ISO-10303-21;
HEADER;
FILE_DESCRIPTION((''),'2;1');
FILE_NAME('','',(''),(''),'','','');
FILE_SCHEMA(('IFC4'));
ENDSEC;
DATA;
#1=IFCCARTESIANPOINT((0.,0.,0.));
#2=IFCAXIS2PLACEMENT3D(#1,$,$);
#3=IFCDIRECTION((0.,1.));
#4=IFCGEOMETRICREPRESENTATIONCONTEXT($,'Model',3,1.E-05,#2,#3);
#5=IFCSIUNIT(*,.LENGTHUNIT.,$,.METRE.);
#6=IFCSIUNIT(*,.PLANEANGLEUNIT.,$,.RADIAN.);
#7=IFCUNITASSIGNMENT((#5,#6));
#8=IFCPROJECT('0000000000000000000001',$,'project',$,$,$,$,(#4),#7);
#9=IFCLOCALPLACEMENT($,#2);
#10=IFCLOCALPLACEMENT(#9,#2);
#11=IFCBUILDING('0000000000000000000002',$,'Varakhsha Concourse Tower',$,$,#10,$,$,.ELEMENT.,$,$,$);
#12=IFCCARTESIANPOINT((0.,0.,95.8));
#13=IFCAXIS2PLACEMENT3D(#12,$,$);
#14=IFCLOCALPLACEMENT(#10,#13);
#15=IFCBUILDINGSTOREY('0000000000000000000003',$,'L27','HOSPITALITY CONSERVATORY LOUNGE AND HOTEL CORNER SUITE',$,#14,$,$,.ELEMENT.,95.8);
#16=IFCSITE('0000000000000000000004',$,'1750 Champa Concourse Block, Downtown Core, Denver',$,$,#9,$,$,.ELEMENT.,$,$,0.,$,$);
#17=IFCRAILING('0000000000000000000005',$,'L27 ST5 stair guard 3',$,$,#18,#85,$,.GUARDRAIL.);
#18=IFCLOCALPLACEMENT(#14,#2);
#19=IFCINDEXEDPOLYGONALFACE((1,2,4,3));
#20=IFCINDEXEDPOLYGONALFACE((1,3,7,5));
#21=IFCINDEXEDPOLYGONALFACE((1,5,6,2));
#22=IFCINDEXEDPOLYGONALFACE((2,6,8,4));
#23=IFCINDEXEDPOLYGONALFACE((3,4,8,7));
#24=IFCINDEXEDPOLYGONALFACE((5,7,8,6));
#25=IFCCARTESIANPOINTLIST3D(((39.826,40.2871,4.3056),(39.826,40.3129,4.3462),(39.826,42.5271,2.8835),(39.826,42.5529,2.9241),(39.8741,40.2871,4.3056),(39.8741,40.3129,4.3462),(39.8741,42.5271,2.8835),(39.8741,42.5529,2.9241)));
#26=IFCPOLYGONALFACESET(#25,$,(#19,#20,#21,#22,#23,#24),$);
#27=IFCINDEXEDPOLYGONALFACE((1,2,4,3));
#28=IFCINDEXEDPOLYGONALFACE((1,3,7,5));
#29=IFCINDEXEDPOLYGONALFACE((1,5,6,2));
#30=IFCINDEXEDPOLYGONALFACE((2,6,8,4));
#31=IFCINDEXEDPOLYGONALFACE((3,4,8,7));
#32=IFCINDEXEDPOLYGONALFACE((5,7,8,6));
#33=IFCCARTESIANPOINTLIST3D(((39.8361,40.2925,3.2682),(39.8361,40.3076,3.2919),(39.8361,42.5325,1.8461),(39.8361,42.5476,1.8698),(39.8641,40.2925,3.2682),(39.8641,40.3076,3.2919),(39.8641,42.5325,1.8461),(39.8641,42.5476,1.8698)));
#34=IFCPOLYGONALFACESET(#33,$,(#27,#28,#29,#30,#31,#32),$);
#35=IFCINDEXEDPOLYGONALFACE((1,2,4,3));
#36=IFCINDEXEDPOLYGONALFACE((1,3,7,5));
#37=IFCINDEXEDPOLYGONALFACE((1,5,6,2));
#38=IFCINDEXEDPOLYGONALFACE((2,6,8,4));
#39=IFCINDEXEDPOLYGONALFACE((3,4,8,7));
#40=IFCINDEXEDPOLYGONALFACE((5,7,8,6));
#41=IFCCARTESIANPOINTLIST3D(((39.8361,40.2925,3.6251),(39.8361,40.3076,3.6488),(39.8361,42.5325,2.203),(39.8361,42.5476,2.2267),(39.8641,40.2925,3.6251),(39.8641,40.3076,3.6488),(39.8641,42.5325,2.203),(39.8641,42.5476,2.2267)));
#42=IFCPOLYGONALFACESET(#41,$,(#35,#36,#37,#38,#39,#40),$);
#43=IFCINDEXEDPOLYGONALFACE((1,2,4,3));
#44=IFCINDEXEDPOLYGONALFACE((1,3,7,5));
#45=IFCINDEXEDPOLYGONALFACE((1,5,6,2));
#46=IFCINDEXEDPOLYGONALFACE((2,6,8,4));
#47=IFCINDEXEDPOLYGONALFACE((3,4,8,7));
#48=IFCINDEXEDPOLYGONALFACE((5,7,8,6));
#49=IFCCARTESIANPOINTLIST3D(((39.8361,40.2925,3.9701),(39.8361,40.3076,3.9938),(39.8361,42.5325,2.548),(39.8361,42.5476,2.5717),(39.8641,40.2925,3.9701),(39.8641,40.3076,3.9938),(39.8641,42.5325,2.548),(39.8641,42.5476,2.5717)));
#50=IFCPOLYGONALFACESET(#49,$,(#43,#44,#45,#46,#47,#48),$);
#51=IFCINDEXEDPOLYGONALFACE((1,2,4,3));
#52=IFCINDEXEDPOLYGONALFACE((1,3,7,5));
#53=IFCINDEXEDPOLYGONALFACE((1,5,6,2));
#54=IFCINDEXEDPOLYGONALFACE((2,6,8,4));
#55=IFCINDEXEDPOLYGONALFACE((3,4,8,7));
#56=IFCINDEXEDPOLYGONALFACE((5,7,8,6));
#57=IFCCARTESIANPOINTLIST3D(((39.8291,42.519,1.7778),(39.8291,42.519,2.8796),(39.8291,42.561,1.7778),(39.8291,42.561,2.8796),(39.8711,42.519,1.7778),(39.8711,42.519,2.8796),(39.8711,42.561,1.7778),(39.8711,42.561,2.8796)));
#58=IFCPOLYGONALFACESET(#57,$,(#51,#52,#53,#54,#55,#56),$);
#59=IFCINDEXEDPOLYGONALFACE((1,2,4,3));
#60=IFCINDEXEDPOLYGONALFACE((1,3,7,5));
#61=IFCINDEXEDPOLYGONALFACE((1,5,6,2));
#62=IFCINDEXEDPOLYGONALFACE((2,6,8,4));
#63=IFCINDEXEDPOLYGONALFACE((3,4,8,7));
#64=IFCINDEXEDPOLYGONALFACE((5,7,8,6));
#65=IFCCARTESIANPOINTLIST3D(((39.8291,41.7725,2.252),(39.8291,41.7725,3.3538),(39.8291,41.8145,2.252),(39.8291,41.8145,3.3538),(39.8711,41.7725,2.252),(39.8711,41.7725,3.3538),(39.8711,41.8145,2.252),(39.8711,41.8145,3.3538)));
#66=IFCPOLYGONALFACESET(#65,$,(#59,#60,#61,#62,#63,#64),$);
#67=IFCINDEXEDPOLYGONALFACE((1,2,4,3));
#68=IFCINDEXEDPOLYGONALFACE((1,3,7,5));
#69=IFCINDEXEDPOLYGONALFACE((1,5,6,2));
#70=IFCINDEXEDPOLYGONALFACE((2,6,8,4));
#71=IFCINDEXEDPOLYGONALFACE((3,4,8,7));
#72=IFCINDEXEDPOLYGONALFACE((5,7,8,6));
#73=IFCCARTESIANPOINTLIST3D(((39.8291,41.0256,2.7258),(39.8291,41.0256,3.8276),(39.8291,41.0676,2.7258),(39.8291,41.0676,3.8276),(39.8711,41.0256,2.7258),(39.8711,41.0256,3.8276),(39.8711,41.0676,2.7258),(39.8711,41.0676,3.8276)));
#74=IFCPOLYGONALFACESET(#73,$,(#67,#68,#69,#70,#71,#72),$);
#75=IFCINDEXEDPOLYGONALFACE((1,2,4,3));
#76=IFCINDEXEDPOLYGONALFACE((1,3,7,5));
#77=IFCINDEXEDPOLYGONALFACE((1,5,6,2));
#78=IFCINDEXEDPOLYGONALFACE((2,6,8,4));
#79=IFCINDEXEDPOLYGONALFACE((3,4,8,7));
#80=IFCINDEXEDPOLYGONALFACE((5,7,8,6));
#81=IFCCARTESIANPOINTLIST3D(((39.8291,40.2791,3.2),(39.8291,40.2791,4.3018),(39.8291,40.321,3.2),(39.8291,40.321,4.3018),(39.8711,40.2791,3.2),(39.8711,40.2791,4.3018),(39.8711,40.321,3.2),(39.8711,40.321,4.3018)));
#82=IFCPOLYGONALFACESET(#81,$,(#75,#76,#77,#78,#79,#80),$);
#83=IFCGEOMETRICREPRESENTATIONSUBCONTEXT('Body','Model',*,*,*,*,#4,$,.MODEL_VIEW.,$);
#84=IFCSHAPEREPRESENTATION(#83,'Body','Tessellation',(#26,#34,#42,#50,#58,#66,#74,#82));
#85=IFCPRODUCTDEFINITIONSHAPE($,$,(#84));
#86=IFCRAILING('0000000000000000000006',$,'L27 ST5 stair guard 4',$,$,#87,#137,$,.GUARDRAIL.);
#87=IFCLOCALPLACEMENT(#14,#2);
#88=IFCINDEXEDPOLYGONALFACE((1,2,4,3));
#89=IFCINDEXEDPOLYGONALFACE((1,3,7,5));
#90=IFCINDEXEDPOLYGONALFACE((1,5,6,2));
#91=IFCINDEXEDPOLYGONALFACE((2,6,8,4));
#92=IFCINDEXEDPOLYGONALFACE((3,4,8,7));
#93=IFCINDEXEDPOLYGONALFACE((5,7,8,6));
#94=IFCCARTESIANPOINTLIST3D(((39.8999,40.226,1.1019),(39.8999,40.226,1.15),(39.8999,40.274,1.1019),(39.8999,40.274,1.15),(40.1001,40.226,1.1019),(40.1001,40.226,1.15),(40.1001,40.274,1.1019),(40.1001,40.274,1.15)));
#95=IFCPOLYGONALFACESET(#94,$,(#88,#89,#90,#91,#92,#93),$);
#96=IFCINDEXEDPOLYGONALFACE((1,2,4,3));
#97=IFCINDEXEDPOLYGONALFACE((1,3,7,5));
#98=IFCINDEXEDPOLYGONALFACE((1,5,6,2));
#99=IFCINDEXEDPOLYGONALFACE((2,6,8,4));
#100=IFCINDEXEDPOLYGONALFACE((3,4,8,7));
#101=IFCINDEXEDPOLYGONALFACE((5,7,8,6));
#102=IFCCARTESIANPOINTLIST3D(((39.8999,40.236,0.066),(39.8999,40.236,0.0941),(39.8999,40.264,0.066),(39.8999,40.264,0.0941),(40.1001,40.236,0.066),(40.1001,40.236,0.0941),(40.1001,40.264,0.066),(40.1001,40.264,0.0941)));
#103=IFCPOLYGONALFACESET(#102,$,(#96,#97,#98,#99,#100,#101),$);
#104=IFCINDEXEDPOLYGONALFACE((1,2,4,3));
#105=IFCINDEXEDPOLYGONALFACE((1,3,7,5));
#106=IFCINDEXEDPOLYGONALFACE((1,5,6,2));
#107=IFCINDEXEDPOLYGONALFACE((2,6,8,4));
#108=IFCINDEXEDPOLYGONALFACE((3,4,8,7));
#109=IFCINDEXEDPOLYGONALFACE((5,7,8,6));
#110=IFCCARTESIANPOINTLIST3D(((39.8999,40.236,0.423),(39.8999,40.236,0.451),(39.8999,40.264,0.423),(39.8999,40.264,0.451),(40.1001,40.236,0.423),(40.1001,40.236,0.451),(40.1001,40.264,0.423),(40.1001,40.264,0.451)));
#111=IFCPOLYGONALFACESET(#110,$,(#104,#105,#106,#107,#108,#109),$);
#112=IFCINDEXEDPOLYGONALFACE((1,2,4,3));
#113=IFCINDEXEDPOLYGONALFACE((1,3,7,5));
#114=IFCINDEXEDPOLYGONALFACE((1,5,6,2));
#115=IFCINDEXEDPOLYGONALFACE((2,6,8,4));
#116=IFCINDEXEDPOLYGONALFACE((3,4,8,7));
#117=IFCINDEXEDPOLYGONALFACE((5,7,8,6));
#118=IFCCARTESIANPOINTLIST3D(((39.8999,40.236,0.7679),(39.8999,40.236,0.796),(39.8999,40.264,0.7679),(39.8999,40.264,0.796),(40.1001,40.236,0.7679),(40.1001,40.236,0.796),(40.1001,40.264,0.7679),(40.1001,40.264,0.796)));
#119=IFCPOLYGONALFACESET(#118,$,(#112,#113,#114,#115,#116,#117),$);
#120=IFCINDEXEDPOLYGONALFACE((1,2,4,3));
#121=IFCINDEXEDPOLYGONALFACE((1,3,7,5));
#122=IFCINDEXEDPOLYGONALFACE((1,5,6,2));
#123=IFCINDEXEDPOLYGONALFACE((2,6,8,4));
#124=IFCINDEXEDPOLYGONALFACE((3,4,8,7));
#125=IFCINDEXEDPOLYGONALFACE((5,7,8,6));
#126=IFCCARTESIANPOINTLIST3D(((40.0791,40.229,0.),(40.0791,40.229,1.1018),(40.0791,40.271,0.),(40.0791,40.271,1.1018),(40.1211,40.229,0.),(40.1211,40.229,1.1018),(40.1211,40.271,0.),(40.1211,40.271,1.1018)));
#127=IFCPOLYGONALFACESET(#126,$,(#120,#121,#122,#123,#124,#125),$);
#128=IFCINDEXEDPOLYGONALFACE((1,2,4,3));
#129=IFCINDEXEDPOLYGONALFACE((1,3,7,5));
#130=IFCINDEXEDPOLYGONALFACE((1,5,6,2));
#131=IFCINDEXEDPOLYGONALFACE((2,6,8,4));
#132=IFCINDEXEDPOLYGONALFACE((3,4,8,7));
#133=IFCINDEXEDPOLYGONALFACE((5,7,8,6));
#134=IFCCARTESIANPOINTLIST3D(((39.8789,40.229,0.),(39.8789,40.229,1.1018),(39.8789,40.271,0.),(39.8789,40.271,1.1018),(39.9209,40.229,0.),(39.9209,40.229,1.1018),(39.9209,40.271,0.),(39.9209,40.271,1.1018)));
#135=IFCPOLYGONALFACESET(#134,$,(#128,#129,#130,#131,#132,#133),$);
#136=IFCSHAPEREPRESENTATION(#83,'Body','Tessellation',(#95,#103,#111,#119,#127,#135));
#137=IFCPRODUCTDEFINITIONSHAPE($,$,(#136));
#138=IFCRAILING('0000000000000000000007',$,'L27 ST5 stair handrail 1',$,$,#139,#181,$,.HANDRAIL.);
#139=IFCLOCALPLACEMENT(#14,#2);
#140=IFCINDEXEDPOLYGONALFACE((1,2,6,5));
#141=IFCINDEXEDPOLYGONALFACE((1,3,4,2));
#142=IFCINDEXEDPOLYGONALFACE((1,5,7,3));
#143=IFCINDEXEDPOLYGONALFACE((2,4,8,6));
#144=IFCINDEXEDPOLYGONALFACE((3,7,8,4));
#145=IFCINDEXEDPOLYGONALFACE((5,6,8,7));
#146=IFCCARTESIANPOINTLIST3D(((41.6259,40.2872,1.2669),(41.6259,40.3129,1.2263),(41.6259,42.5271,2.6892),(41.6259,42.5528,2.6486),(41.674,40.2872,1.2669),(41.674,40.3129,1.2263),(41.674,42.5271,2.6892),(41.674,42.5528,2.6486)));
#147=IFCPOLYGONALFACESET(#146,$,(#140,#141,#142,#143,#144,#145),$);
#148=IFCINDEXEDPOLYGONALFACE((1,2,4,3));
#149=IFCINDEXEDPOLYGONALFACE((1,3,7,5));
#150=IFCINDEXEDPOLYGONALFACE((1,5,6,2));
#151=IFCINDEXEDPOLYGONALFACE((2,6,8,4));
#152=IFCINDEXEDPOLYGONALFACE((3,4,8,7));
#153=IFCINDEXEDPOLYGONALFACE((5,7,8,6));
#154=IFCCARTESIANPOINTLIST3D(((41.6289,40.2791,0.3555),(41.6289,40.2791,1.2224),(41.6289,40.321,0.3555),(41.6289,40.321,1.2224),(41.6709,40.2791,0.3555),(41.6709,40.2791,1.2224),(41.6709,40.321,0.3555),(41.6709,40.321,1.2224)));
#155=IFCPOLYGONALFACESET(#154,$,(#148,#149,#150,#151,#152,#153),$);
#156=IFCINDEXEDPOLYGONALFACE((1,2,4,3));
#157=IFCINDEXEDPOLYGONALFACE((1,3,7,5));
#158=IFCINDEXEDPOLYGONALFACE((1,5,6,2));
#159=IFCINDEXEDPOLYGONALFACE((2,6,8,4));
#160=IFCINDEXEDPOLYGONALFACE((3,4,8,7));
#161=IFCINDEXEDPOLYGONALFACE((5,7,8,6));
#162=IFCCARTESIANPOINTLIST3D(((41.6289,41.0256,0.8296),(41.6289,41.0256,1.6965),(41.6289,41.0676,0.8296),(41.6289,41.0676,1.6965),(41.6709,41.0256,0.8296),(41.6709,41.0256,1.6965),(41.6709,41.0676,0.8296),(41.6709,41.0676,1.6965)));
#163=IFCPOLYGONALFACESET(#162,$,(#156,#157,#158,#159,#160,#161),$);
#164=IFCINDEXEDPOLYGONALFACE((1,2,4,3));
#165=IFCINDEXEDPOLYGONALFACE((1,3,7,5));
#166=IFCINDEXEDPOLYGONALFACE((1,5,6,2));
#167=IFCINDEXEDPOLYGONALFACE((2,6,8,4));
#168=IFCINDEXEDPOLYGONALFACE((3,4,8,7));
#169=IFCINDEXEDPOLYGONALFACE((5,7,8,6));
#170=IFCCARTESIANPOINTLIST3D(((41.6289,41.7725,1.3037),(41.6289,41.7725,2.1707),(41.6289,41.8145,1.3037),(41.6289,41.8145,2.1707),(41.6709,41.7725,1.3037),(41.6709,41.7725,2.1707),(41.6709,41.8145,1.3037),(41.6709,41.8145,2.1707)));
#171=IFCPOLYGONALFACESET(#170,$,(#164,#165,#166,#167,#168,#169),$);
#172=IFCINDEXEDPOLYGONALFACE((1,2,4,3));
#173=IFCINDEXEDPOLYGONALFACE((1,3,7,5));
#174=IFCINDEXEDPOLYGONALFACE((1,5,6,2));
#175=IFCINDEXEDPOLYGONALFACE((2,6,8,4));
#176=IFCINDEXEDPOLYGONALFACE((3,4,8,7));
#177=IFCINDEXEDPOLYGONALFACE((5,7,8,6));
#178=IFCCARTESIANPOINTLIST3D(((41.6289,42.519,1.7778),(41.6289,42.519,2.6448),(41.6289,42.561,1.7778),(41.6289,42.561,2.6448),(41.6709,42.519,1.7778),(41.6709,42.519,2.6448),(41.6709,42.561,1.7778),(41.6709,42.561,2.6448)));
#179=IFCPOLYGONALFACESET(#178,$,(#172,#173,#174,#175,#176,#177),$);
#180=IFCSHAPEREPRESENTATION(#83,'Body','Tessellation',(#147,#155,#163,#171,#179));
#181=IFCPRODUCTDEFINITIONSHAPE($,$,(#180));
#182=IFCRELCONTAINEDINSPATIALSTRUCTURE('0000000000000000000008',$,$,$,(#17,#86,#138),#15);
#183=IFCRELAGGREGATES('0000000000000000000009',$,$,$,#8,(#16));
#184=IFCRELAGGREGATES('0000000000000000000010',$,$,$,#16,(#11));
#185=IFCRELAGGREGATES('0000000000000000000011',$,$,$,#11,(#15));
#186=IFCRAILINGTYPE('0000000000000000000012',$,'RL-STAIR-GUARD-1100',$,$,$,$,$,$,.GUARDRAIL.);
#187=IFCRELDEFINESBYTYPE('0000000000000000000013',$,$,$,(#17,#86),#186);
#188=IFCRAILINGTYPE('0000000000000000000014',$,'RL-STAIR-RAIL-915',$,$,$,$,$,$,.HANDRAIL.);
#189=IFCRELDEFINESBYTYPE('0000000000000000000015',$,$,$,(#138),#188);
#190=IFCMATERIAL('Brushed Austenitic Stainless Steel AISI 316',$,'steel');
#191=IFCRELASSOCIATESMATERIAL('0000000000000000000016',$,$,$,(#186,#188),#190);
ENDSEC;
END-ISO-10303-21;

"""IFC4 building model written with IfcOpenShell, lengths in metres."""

from ifc_helpers import new_model, si_unit, direction, frame, origin, origin_2d, place, context, subcontext, project, spatial, rectangle, extrude, material, type_object, element, save


model = new_model("IFC4")

# Units and contexts
model_context = context("Model", 3, precision=1e-05, world=origin(), true_north=direction((0.0, 1.0)))
body_context = subcontext(model_context, "Body", "Model", "MODEL_VIEW")
ifc_project = project(units=[si_unit("LENGTHUNIT", "METRE"), si_unit("PLANEANGLEUNIT", "RADIAN")], contexts=[model_context])

# Site, building, storey
site_placement = place(None, origin())
site = spatial("IfcSite", under=ifc_project, at=site_placement, Name="1750 Champa Concourse Block, Downtown Core, Denver", CompositionType="ELEMENT", RefElevation=0.0)
building_placement = place(site_placement, origin())
building = spatial("IfcBuilding", under=site, at=building_placement, Name="Varakhsha Concourse Tower", CompositionType="ELEMENT")
storey_placement = place(building_placement, frame((0.0, 0.0, 95.8)))
storey = spatial("IfcBuildingStorey", under=building, at=storey_placement, Name="L27", Description="HOSPITALITY CONSERVATORY LOUNGE AND HOTEL CORNER SUITE", CompositionType="ELEMENT", Elevation=95.8)

# Railings
ifc_material_1 = material(Name="Brushed Austenitic Stainless Steel AISI 316", Category="steel")
railing_type_1 = type_object("IfcRailingType", Name="RL-STAIR-GUARD-1100", PredefinedType="GUARDRAIL", material=ifc_material_1)
railing_1_placement = place(storey_placement, frame((39.8501, 42.54, 1.7778)))
element("IfcRailing", 1, at=railing_1_placement, inside=storey, type_object=railing_type_1, Name="L27 ST5 stair guard 3", PredefinedType="GUARDRAIL", context=body_context, shape_type="SweptSolid", body=[
    extrude(rectangle(XDim=0.0481, YDim=0.0481, at=origin_2d()), frame((0.0, 0.0, 1.126), z_axis=(0.0, -0.844229, 0.535982), x_axis=(1.0, 0.0, 0.0)), (0.0, 0.0, 1.0), 2.6533),
    extrude(rectangle(XDim=0.0281, YDim=0.0281, at=origin_2d()), frame((0.0, 0.0, 0.0801), z_axis=(0.0, -0.844229, 0.535982), x_axis=(1.0, 0.0, 0.0)), (0.0, 0.0, 1.0), 2.6533),
    extrude(rectangle(XDim=0.0281, YDim=0.0281, at=origin_2d()), frame((0.0, 0.0, 0.437), z_axis=(0.0, -0.844229, 0.535982), x_axis=(1.0, 0.0, 0.0)), (0.0, 0.0, 1.0), 2.6533),
    extrude(rectangle(XDim=0.0281, YDim=0.0281, at=origin_2d()), frame((0.0, 0.0, 0.782), z_axis=(0.0, -0.844229, 0.535982), x_axis=(1.0, 0.0, 0.0)), (0.0, 0.0, 1.0), 2.6533),
    extrude(rectangle(XDim=0.042, YDim=0.042, at=origin_2d()), origin(), (0.0, 0.0, 1.0), 1.1018),
    extrude(rectangle(XDim=0.042, YDim=0.042, at=origin_2d()), frame((0.0, -0.7466, 0.4741)), (0.0, 0.0, 1.0), 1.1018),
    extrude(rectangle(XDim=0.042, YDim=0.042, at=origin_2d()), frame((0.0, -1.4934, 0.948)), (0.0, 0.0, 1.0), 1.1018),
    extrude(rectangle(XDim=0.042, YDim=0.042, at=origin_2d()), frame((0.0, -2.24, 1.4221)), (0.0, 0.0, 1.0), 1.1018),
])
railing_2_placement = place(storey_placement, frame((40.1001, 40.25, 0.0)))
element("IfcRailing", 2, at=railing_2_placement, inside=storey, type_object=railing_type_1, Name="L27 ST5 stair guard 4", PredefinedType="GUARDRAIL", context=body_context, shape_type="SweptSolid", body=[
    extrude(rectangle(XDim=0.0481, YDim=0.0481, at=origin_2d()), frame((0.0, 0.0, 1.126), z_axis=(-1.0, 0.0, 0.0), x_axis=(0.0, -1.0, 0.0)), (0.0, 0.0, 1.0), 0.2002),
    extrude(rectangle(XDim=0.0281, YDim=0.0281, at=origin_2d()), frame((0.0, 0.0, 0.0801), z_axis=(-1.0, 0.0, 0.0), x_axis=(0.0, -1.0, 0.0)), (0.0, 0.0, 1.0), 0.2002),
    extrude(rectangle(XDim=0.0281, YDim=0.0281, at=origin_2d()), frame((0.0, 0.0, 0.437), z_axis=(-1.0, 0.0, 0.0), x_axis=(0.0, -1.0, 0.0)), (0.0, 0.0, 1.0), 0.2002),
    extrude(rectangle(XDim=0.0281, YDim=0.0281, at=origin_2d()), frame((0.0, 0.0, 0.782), z_axis=(-1.0, 0.0, 0.0), x_axis=(0.0, -1.0, 0.0)), (0.0, 0.0, 1.0), 0.2002),
    extrude(rectangle(XDim=0.042, YDim=0.042, at=origin_2d()), origin(), (0.0, 0.0, 1.0), 1.1018),
    extrude(rectangle(XDim=0.042, YDim=0.042, at=origin_2d()), frame((-0.2002, 0.0, 0.0)), (0.0, 0.0, 1.0), 1.1018),
])
railing_type_2 = type_object("IfcRailingType", Name="RL-STAIR-RAIL-915", PredefinedType="HANDRAIL", material=ifc_material_1)
railing_3_placement = place(storey_placement, frame((41.6499, 40.3, 0.3555)))
element("IfcRailing", 3, at=railing_3_placement, inside=storey, type_object=railing_type_2, Name="L27 ST5 stair handrail 1", PredefinedType="HANDRAIL", context=body_context, shape_type="SweptSolid", body=[
    extrude(rectangle(XDim=0.0481, YDim=0.0481, at=origin_2d()), frame((0.0, 0.0, 0.8911), z_axis=(0.0, 0.844188, 0.536048), x_axis=(-1.0, 0.0, 0.0)), (0.0, 0.0, 1.0), 2.6533),
    extrude(rectangle(XDim=0.042, YDim=0.042, at=origin_2d()), origin(), (0.0, 0.0, 1.0), 0.8669),
    extrude(rectangle(XDim=0.042, YDim=0.042, at=origin_2d()), frame((0.0, 0.7466, 0.4741)), (0.0, 0.0, 1.0), 0.8669),
    extrude(rectangle(XDim=0.042, YDim=0.042, at=origin_2d()), frame((0.0, 1.4934, 0.9482)), (0.0, 0.0, 1.0), 0.8669),
    extrude(rectangle(XDim=0.042, YDim=0.042, at=origin_2d()), frame((0.0, 2.24, 1.4224)), (0.0, 0.0, 1.0), 0.8669),
])

save(model, "model.ifc")
